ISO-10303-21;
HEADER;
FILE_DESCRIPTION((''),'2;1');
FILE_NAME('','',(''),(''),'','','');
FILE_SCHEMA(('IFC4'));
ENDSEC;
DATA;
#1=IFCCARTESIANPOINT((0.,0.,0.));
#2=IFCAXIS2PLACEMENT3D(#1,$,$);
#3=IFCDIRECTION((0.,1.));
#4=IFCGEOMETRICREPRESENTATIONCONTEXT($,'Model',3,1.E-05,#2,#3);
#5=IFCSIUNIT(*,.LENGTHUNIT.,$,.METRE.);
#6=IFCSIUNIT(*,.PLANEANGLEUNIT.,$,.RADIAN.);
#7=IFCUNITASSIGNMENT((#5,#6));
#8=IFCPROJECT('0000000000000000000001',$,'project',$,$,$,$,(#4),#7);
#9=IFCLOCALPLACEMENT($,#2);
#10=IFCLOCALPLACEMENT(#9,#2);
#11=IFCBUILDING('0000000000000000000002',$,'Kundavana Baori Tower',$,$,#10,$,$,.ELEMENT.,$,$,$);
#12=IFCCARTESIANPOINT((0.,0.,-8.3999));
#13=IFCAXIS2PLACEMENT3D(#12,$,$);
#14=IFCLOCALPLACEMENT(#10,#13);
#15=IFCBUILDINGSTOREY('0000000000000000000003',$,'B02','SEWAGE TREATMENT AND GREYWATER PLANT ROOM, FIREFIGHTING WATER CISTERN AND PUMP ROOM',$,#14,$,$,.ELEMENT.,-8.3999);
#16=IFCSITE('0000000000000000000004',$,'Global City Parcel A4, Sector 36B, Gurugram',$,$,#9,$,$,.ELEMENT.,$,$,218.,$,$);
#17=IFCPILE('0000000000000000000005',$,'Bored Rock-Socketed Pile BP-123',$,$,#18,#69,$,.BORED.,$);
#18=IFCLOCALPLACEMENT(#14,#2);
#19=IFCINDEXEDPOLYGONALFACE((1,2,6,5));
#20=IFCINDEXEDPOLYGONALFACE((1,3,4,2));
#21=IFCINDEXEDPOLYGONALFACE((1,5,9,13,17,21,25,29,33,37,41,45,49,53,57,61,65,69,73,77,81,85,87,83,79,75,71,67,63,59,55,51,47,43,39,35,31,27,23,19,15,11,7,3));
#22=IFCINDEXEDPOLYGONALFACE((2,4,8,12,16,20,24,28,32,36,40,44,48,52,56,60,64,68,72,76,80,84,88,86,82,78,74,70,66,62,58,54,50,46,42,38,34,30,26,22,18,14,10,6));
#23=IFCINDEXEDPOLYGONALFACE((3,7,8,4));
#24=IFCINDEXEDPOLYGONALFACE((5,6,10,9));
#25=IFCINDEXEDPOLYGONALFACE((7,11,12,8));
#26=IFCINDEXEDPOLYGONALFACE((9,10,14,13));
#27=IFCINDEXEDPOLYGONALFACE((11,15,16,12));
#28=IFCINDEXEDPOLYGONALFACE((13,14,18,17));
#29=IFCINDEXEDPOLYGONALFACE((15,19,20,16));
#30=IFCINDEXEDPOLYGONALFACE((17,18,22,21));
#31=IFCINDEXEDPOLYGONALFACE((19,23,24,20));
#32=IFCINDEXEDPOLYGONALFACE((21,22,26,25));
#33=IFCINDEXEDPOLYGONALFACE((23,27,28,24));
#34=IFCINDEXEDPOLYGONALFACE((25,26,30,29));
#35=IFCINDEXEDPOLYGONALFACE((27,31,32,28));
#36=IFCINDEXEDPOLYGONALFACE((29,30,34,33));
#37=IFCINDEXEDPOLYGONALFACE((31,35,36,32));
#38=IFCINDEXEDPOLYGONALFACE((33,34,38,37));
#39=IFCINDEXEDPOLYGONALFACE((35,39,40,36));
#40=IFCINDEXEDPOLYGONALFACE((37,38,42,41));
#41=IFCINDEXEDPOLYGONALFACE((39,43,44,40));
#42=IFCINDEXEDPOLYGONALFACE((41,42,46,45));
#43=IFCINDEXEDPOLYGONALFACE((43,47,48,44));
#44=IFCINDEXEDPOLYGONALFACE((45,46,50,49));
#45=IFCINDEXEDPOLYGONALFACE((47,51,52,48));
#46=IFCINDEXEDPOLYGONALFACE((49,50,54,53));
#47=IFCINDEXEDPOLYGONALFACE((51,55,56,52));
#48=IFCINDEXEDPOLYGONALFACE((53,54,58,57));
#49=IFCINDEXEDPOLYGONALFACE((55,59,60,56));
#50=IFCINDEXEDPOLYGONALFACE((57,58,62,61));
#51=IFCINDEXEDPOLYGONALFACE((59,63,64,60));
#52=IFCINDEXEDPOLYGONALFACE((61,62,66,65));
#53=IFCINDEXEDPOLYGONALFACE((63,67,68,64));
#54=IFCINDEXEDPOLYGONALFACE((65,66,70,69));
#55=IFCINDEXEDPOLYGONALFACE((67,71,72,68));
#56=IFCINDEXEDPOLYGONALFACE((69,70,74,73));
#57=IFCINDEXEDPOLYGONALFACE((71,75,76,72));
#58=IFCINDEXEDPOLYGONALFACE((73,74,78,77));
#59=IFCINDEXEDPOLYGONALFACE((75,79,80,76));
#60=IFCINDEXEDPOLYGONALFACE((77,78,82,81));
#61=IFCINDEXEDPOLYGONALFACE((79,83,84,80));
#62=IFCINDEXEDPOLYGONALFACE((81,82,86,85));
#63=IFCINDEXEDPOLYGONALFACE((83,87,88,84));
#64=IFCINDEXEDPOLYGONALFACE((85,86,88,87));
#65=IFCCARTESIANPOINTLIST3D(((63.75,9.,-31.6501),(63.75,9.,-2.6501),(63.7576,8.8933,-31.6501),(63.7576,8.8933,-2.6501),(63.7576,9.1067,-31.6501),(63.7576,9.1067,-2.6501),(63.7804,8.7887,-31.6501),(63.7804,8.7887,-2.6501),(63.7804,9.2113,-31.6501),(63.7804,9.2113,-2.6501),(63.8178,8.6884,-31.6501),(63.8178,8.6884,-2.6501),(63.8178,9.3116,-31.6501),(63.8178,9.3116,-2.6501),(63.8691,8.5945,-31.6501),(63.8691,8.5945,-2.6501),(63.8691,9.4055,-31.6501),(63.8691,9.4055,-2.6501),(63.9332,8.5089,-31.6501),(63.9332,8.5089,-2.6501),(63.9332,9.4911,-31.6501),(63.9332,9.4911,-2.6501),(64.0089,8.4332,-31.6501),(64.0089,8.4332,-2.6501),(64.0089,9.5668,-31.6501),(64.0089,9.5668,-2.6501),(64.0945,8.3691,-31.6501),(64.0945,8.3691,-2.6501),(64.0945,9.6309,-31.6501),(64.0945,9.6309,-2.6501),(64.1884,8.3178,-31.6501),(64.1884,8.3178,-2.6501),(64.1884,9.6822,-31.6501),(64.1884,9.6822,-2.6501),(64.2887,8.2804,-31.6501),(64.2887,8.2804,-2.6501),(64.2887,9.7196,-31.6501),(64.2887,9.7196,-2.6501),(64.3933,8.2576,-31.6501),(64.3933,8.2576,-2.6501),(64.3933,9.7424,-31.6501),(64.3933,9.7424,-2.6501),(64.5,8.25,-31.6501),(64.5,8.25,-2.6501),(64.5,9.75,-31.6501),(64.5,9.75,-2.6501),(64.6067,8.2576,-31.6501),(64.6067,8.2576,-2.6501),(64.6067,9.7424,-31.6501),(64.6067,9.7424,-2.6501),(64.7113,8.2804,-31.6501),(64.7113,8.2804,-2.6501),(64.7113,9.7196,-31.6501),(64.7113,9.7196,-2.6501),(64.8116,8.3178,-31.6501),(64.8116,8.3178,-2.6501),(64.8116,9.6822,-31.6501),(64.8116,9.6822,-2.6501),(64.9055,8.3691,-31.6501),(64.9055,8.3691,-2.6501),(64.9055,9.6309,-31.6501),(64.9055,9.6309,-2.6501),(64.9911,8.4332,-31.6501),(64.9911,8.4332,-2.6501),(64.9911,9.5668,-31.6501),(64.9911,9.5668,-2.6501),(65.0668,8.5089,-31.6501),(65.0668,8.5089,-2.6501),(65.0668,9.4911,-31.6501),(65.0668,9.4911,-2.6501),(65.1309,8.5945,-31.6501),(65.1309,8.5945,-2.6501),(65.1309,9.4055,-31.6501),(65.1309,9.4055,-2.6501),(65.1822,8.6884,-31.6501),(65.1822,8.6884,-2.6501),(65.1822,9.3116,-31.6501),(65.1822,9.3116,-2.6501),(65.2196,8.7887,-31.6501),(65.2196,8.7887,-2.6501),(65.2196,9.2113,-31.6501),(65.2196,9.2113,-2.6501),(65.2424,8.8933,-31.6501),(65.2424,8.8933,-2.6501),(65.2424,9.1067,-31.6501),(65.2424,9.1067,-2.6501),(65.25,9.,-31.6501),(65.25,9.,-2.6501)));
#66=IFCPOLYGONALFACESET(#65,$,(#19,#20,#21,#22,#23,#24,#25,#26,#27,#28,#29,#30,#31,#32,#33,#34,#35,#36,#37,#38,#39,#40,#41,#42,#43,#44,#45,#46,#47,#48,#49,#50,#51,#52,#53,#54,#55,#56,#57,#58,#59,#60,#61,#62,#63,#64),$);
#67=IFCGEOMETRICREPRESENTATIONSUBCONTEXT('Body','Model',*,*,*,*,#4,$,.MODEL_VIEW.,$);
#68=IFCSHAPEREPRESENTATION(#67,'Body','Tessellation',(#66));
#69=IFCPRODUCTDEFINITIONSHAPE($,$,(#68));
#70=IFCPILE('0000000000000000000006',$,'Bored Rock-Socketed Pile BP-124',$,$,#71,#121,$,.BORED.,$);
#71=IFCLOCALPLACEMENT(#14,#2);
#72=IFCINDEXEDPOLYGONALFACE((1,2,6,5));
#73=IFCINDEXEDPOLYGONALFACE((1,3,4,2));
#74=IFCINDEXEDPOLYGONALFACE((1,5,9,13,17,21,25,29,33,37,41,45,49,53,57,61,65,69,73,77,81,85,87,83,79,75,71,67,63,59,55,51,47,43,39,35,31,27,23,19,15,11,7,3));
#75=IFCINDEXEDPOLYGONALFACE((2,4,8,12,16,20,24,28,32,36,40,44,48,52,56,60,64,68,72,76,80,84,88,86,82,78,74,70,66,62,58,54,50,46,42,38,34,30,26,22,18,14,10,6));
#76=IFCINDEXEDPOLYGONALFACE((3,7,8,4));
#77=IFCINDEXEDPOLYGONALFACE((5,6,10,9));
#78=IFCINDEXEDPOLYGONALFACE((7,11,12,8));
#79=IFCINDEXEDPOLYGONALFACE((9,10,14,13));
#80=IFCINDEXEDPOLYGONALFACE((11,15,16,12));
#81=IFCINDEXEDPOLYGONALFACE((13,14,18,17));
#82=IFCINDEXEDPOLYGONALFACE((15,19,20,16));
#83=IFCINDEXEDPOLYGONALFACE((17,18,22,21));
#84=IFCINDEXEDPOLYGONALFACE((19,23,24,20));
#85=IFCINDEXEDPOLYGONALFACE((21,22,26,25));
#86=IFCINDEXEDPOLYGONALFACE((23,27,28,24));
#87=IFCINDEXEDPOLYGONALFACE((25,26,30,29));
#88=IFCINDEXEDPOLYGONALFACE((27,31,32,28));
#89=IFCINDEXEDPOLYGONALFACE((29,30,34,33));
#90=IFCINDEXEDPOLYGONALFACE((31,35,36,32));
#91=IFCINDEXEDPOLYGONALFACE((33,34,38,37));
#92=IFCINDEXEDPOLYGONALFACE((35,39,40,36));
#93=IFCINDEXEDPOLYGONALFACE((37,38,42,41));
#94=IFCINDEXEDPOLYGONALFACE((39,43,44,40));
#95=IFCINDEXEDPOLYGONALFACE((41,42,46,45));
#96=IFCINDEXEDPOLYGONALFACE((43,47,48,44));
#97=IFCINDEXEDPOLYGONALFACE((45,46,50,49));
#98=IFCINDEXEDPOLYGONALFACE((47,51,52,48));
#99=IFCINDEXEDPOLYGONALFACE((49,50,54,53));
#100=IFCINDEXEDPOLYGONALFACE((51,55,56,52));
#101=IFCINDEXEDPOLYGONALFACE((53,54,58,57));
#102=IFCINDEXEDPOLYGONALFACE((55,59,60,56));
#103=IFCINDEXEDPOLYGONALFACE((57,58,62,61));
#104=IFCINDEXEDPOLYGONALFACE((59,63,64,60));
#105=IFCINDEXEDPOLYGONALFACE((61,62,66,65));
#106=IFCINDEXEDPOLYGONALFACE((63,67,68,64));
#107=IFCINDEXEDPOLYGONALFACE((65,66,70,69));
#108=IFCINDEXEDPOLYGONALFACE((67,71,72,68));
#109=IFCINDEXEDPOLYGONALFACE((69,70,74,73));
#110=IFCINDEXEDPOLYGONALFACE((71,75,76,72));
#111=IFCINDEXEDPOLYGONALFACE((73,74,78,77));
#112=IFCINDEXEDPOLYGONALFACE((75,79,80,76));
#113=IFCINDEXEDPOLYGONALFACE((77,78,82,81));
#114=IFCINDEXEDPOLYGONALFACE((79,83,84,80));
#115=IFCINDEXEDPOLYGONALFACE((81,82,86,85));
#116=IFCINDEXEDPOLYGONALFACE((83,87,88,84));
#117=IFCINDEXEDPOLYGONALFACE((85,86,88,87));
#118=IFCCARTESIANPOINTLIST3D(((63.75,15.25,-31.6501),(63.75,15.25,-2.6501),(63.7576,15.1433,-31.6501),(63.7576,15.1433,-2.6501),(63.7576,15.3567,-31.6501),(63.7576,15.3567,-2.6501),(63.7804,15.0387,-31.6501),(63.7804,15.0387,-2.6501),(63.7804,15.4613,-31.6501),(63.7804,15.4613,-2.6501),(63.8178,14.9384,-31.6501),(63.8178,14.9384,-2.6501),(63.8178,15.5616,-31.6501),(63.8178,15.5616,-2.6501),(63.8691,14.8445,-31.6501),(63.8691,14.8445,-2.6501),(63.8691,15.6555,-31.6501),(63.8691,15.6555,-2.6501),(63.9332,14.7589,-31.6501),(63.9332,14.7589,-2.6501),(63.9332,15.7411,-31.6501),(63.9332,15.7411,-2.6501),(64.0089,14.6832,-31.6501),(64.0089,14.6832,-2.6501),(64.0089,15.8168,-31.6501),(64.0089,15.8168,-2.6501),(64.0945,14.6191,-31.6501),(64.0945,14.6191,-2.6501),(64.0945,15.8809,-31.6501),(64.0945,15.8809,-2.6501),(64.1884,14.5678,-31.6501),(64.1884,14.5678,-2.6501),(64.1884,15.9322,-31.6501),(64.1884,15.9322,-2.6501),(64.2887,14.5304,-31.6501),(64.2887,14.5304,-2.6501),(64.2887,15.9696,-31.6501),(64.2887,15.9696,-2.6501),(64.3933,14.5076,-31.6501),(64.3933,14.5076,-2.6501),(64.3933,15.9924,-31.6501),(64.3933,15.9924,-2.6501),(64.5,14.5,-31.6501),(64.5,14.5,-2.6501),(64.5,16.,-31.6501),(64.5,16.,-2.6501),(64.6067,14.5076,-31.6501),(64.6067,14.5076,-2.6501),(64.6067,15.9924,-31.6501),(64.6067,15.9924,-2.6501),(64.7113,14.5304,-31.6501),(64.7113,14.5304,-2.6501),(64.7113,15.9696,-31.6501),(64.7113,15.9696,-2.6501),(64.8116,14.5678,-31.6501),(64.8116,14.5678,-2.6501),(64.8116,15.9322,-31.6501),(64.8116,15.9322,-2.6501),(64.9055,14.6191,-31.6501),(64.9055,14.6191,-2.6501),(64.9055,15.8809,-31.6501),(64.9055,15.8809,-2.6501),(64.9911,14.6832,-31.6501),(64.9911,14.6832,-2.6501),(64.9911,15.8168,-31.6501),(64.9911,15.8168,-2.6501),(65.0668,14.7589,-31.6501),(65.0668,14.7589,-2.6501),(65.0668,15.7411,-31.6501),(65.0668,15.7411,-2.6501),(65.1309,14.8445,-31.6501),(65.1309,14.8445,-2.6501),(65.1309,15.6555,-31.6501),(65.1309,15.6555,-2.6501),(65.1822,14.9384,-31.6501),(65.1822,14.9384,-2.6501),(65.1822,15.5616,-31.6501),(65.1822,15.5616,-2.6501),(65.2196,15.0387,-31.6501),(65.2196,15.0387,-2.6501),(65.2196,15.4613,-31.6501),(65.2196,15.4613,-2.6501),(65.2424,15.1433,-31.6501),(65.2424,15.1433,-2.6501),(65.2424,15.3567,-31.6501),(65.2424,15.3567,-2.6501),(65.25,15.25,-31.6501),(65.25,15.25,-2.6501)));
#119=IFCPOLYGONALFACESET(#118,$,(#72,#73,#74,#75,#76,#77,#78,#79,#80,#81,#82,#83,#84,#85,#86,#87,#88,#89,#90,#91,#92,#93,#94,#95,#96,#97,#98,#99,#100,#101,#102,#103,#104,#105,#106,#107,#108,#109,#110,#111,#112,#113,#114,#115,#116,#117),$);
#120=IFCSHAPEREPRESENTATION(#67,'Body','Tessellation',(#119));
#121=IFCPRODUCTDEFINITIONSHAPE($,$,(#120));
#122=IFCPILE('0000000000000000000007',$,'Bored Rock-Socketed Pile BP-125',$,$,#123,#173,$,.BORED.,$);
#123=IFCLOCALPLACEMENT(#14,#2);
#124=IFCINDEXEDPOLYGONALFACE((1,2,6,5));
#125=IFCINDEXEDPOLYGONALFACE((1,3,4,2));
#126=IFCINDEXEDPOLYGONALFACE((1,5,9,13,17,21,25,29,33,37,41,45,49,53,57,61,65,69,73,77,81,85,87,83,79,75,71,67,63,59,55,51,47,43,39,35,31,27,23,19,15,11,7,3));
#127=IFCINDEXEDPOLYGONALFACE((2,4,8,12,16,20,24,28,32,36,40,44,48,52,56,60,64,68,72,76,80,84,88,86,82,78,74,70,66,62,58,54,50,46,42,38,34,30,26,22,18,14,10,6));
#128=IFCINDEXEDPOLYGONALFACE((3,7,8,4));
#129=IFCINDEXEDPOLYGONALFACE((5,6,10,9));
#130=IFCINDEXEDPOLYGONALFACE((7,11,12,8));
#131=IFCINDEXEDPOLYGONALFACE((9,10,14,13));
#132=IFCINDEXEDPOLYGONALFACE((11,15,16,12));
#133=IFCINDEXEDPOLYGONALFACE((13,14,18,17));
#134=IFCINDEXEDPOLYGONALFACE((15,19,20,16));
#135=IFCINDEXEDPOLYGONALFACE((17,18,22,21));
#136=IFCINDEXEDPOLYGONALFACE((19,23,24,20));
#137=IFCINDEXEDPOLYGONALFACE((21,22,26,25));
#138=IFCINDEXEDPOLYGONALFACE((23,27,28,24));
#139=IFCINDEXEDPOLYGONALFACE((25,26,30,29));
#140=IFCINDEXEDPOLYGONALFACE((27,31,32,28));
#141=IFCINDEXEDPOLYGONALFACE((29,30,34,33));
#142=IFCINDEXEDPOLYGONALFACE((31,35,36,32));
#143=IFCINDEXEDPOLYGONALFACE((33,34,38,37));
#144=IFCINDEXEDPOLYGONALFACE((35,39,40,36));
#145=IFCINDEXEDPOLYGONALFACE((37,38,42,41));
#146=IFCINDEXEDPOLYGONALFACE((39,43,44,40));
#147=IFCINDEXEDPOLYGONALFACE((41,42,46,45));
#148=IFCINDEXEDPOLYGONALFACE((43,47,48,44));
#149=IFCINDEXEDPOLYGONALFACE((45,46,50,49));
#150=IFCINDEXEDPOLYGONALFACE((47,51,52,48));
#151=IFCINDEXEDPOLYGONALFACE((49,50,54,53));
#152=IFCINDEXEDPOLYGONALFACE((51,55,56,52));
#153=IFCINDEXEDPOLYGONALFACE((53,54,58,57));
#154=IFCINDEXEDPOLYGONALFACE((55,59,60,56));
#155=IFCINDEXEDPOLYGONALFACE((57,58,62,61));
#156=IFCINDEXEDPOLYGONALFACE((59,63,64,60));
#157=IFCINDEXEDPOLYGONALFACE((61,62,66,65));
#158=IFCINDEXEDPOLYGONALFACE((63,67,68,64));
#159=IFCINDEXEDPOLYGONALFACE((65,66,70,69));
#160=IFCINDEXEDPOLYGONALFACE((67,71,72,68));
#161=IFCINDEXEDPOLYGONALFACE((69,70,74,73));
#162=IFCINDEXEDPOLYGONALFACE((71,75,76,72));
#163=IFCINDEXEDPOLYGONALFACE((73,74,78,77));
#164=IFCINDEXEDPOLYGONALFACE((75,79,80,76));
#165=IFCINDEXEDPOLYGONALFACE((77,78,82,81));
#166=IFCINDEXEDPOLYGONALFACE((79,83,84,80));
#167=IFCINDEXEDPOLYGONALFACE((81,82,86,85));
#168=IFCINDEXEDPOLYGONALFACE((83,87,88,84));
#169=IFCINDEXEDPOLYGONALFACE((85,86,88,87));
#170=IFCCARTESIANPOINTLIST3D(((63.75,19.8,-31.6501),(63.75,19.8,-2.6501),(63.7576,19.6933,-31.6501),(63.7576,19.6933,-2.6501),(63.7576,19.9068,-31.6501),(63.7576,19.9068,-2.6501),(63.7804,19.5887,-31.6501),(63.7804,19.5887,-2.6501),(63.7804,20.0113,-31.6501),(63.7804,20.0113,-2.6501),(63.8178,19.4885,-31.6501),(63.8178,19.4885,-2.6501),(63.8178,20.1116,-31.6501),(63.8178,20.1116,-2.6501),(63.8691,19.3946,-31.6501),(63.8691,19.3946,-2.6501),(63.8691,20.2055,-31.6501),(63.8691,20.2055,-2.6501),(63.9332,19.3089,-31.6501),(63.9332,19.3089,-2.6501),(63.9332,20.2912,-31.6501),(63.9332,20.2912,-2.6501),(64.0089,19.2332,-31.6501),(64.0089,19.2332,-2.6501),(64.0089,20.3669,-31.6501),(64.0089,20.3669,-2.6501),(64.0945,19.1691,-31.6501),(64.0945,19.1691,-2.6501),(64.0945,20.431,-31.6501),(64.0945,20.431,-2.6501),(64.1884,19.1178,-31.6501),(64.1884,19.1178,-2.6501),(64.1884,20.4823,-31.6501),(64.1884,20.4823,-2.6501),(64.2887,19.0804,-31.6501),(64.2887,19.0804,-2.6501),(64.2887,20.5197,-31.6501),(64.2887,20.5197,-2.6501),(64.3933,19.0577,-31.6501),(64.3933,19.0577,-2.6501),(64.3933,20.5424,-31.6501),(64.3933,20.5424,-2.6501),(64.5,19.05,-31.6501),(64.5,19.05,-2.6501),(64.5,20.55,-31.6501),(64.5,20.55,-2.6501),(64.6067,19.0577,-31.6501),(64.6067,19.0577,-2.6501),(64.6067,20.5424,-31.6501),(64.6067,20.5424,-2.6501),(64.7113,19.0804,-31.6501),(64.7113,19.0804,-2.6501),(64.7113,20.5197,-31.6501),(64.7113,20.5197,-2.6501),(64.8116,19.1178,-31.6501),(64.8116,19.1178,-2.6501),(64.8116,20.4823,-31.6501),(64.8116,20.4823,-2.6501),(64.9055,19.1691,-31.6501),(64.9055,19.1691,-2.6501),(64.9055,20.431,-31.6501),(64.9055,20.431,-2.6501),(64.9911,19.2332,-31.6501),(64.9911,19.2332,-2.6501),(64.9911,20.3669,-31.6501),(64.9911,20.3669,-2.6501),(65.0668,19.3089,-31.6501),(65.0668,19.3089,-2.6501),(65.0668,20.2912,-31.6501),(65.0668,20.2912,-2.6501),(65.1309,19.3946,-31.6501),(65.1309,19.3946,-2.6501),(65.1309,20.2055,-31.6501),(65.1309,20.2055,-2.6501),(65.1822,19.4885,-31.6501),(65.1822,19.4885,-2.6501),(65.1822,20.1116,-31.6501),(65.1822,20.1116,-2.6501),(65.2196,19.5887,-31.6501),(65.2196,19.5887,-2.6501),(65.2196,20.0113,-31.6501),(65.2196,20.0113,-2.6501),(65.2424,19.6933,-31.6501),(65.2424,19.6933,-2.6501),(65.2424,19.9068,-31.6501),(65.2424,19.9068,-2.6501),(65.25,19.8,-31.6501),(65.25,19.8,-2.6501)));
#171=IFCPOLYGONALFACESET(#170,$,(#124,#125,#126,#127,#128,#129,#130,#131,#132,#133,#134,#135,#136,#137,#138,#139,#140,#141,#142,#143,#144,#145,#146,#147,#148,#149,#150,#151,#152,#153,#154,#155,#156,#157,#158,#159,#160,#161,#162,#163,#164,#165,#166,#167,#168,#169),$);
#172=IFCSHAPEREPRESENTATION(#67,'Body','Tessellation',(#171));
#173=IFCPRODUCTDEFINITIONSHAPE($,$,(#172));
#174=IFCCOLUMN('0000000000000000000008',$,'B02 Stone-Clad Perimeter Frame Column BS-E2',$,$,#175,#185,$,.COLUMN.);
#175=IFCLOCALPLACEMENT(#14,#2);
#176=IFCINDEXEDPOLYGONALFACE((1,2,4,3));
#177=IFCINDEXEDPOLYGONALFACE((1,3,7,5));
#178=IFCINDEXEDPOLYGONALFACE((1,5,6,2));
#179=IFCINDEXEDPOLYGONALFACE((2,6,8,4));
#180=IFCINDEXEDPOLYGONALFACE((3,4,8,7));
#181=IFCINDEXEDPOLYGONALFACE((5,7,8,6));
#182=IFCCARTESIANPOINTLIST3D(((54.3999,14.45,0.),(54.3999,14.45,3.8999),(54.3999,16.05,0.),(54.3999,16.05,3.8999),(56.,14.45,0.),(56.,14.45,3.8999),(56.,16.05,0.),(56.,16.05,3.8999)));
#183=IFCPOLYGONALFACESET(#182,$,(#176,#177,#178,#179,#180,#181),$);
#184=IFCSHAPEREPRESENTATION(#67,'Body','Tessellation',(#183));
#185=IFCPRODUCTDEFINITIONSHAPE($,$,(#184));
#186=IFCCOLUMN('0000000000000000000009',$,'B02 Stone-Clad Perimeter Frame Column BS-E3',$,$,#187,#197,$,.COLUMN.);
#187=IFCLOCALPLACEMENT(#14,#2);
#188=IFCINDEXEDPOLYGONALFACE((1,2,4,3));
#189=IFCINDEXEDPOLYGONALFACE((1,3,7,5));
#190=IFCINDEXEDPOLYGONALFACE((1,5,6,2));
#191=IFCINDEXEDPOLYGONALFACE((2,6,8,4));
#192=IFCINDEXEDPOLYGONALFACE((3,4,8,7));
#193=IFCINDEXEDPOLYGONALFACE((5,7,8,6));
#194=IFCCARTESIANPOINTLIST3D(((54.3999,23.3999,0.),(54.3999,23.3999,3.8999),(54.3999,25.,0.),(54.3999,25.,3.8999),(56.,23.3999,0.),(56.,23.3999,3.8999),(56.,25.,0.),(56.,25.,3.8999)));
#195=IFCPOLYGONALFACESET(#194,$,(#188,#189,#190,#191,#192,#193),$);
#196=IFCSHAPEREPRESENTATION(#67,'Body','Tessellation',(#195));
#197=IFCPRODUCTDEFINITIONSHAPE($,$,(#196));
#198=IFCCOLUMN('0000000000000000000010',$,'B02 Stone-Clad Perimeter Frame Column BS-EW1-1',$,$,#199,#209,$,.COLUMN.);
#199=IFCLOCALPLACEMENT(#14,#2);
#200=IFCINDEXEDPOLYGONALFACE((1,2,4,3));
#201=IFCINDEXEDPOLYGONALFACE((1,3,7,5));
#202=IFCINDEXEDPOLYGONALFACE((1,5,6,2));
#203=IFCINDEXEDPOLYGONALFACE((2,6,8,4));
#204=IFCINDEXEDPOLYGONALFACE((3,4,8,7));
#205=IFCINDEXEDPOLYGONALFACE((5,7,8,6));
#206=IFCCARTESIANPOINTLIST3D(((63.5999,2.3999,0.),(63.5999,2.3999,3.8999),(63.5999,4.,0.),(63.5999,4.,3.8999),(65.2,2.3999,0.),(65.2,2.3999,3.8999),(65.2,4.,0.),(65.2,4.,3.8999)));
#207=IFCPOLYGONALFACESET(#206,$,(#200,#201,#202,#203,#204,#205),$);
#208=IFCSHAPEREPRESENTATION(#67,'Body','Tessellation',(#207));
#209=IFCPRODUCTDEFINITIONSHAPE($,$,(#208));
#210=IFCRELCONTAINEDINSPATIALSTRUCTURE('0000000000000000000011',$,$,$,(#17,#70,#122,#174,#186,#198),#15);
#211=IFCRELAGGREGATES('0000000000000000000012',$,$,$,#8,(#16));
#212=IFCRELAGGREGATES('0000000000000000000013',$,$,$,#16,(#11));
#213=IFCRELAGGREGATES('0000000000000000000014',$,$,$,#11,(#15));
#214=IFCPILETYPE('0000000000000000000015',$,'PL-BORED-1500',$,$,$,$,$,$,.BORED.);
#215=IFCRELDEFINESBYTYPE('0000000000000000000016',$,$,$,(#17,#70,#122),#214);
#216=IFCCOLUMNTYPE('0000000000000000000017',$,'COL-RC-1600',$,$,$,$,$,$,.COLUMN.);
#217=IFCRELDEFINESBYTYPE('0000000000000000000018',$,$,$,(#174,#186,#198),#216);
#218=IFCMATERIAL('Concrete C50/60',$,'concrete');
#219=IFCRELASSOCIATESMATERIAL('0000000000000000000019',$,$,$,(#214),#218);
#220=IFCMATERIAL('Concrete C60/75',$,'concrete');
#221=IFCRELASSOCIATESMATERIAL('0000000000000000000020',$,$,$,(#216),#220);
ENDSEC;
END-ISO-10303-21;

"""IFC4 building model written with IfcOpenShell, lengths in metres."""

from ifc_helpers import new_model, si_unit, direction, frame, origin, origin_2d, place, context, subcontext, project, spatial, rectangle, circle, extrude, material, material_profile, profile_set, type_object, element, save


model = new_model("IFC4")

# Units and contexts
model_context = context("Model", 3, precision=1e-05, world=origin(), true_north=direction((0.0, 1.0)))
body_context = subcontext(model_context, "Body", "Model", "MODEL_VIEW")
ifc_project = project(units=[si_unit("LENGTHUNIT", "METRE"), si_unit("PLANEANGLEUNIT", "RADIAN")], contexts=[model_context])

# Site, building, storey
site_placement = place(None, origin())
site = spatial("IfcSite", under=ifc_project, at=site_placement, Name="Global City Parcel A4, Sector 36B, Gurugram", CompositionType="ELEMENT", RefElevation=218.0)
building_placement = place(site_placement, origin())
building = spatial("IfcBuilding", under=site, at=building_placement, Name="Kundavana Baori Tower", CompositionType="ELEMENT")
storey_placement = place(building_placement, frame((0.0, 0.0, -8.3999)))
storey = spatial("IfcBuildingStorey", under=building, at=storey_placement, Name="B02", Description="SEWAGE TREATMENT AND GREYWATER PLANT ROOM, FIREFIGHTING WATER CISTERN AND PUMP ROOM", CompositionType="ELEMENT", Elevation=-8.3999)

# Piles
ifc_material_1 = material(Name="Concrete C50/60", Category="concrete")
ifc_material_profile_1 = material_profile(ifc_material_1, circle(Radius=0.75, at=origin_2d()), Name="BORED PILE D1500")
ifc_profile_set_1 = profile_set([ifc_material_profile_1], Name="Concrete C50/60")
pile_type_1 = type_object("IfcPileType", Name="PL-BORED-1500", PredefinedType="BORED", material=ifc_profile_set_1)
for number, where, z_axis, x_axis, name in (
    (1, (64.5, 9.0, -2.6501), (0.0, 0.0, -1.0), (1.0, 0.0, 0.0), "Bored Rock-Socketed Pile BP-123"),
    (2, (64.5, 15.25, -2.6501), (0.0, 0.0, -1.0), (1.0, 0.0, 0.0), "Bored Rock-Socketed Pile BP-124"),
    (3, (64.5, 19.8, -2.6501), (0.0, 0.0, -1.0), (1.0, 0.0, 0.0), "Bored Rock-Socketed Pile BP-125"),
):
    element("IfcPile", number, at=place(storey_placement, frame(where, z_axis=z_axis, x_axis=x_axis)), inside=storey, type_object=pile_type_1, Name=name, PredefinedType="BORED", context=body_context, shape_type="SweptSolid", body=[
        extrude(circle(Radius=0.75, at=origin_2d()), origin(), (0.0, 0.0, 1.0), 29.0),
    ])

# Columns
ifc_material_2 = material(Name="Concrete C60/75", Category="concrete")
ifc_material_profile_2 = material_profile(ifc_material_2, rectangle(XDim=1.6001, YDim=1.6001, at=origin_2d()), Name="RC 1600x1600")
ifc_profile_set_2 = profile_set([ifc_material_profile_2], Name="Concrete C60/75")
column_type_1 = type_object("IfcColumnType", Name="COL-RC-1600", PredefinedType="COLUMN", material=ifc_profile_set_2)
for number, where, z_axis, x_axis, name in (
    (4, (55.2, 15.25, 0.0), (0.0, 0.0, 1.0), (1.0, 0.0, 0.0), "B02 Stone-Clad Perimeter Frame Column BS-E2"),
    (5, (55.2, 24.2, 0.0), (0.0, 0.0, 1.0), (1.0, 0.0, 0.0), "B02 Stone-Clad Perimeter Frame Column BS-E3"),
    (6, (64.3999, 3.2, 0.0), (0.0, 0.0, 1.0), (1.0, 0.0, 0.0), "B02 Stone-Clad Perimeter Frame Column BS-EW1-1"),
):
    element("IfcColumn", number, at=place(storey_placement, frame(where, z_axis=z_axis, x_axis=x_axis)), inside=storey, type_object=column_type_1, Name=name, PredefinedType="COLUMN", context=body_context, shape_type="SweptSolid", body=[
        extrude(rectangle(XDim=1.6001, YDim=1.6001, at=origin_2d()), origin(), (0.0, 0.0, 1.0), 3.8999),
    ])

save(model, "model.ifc")
